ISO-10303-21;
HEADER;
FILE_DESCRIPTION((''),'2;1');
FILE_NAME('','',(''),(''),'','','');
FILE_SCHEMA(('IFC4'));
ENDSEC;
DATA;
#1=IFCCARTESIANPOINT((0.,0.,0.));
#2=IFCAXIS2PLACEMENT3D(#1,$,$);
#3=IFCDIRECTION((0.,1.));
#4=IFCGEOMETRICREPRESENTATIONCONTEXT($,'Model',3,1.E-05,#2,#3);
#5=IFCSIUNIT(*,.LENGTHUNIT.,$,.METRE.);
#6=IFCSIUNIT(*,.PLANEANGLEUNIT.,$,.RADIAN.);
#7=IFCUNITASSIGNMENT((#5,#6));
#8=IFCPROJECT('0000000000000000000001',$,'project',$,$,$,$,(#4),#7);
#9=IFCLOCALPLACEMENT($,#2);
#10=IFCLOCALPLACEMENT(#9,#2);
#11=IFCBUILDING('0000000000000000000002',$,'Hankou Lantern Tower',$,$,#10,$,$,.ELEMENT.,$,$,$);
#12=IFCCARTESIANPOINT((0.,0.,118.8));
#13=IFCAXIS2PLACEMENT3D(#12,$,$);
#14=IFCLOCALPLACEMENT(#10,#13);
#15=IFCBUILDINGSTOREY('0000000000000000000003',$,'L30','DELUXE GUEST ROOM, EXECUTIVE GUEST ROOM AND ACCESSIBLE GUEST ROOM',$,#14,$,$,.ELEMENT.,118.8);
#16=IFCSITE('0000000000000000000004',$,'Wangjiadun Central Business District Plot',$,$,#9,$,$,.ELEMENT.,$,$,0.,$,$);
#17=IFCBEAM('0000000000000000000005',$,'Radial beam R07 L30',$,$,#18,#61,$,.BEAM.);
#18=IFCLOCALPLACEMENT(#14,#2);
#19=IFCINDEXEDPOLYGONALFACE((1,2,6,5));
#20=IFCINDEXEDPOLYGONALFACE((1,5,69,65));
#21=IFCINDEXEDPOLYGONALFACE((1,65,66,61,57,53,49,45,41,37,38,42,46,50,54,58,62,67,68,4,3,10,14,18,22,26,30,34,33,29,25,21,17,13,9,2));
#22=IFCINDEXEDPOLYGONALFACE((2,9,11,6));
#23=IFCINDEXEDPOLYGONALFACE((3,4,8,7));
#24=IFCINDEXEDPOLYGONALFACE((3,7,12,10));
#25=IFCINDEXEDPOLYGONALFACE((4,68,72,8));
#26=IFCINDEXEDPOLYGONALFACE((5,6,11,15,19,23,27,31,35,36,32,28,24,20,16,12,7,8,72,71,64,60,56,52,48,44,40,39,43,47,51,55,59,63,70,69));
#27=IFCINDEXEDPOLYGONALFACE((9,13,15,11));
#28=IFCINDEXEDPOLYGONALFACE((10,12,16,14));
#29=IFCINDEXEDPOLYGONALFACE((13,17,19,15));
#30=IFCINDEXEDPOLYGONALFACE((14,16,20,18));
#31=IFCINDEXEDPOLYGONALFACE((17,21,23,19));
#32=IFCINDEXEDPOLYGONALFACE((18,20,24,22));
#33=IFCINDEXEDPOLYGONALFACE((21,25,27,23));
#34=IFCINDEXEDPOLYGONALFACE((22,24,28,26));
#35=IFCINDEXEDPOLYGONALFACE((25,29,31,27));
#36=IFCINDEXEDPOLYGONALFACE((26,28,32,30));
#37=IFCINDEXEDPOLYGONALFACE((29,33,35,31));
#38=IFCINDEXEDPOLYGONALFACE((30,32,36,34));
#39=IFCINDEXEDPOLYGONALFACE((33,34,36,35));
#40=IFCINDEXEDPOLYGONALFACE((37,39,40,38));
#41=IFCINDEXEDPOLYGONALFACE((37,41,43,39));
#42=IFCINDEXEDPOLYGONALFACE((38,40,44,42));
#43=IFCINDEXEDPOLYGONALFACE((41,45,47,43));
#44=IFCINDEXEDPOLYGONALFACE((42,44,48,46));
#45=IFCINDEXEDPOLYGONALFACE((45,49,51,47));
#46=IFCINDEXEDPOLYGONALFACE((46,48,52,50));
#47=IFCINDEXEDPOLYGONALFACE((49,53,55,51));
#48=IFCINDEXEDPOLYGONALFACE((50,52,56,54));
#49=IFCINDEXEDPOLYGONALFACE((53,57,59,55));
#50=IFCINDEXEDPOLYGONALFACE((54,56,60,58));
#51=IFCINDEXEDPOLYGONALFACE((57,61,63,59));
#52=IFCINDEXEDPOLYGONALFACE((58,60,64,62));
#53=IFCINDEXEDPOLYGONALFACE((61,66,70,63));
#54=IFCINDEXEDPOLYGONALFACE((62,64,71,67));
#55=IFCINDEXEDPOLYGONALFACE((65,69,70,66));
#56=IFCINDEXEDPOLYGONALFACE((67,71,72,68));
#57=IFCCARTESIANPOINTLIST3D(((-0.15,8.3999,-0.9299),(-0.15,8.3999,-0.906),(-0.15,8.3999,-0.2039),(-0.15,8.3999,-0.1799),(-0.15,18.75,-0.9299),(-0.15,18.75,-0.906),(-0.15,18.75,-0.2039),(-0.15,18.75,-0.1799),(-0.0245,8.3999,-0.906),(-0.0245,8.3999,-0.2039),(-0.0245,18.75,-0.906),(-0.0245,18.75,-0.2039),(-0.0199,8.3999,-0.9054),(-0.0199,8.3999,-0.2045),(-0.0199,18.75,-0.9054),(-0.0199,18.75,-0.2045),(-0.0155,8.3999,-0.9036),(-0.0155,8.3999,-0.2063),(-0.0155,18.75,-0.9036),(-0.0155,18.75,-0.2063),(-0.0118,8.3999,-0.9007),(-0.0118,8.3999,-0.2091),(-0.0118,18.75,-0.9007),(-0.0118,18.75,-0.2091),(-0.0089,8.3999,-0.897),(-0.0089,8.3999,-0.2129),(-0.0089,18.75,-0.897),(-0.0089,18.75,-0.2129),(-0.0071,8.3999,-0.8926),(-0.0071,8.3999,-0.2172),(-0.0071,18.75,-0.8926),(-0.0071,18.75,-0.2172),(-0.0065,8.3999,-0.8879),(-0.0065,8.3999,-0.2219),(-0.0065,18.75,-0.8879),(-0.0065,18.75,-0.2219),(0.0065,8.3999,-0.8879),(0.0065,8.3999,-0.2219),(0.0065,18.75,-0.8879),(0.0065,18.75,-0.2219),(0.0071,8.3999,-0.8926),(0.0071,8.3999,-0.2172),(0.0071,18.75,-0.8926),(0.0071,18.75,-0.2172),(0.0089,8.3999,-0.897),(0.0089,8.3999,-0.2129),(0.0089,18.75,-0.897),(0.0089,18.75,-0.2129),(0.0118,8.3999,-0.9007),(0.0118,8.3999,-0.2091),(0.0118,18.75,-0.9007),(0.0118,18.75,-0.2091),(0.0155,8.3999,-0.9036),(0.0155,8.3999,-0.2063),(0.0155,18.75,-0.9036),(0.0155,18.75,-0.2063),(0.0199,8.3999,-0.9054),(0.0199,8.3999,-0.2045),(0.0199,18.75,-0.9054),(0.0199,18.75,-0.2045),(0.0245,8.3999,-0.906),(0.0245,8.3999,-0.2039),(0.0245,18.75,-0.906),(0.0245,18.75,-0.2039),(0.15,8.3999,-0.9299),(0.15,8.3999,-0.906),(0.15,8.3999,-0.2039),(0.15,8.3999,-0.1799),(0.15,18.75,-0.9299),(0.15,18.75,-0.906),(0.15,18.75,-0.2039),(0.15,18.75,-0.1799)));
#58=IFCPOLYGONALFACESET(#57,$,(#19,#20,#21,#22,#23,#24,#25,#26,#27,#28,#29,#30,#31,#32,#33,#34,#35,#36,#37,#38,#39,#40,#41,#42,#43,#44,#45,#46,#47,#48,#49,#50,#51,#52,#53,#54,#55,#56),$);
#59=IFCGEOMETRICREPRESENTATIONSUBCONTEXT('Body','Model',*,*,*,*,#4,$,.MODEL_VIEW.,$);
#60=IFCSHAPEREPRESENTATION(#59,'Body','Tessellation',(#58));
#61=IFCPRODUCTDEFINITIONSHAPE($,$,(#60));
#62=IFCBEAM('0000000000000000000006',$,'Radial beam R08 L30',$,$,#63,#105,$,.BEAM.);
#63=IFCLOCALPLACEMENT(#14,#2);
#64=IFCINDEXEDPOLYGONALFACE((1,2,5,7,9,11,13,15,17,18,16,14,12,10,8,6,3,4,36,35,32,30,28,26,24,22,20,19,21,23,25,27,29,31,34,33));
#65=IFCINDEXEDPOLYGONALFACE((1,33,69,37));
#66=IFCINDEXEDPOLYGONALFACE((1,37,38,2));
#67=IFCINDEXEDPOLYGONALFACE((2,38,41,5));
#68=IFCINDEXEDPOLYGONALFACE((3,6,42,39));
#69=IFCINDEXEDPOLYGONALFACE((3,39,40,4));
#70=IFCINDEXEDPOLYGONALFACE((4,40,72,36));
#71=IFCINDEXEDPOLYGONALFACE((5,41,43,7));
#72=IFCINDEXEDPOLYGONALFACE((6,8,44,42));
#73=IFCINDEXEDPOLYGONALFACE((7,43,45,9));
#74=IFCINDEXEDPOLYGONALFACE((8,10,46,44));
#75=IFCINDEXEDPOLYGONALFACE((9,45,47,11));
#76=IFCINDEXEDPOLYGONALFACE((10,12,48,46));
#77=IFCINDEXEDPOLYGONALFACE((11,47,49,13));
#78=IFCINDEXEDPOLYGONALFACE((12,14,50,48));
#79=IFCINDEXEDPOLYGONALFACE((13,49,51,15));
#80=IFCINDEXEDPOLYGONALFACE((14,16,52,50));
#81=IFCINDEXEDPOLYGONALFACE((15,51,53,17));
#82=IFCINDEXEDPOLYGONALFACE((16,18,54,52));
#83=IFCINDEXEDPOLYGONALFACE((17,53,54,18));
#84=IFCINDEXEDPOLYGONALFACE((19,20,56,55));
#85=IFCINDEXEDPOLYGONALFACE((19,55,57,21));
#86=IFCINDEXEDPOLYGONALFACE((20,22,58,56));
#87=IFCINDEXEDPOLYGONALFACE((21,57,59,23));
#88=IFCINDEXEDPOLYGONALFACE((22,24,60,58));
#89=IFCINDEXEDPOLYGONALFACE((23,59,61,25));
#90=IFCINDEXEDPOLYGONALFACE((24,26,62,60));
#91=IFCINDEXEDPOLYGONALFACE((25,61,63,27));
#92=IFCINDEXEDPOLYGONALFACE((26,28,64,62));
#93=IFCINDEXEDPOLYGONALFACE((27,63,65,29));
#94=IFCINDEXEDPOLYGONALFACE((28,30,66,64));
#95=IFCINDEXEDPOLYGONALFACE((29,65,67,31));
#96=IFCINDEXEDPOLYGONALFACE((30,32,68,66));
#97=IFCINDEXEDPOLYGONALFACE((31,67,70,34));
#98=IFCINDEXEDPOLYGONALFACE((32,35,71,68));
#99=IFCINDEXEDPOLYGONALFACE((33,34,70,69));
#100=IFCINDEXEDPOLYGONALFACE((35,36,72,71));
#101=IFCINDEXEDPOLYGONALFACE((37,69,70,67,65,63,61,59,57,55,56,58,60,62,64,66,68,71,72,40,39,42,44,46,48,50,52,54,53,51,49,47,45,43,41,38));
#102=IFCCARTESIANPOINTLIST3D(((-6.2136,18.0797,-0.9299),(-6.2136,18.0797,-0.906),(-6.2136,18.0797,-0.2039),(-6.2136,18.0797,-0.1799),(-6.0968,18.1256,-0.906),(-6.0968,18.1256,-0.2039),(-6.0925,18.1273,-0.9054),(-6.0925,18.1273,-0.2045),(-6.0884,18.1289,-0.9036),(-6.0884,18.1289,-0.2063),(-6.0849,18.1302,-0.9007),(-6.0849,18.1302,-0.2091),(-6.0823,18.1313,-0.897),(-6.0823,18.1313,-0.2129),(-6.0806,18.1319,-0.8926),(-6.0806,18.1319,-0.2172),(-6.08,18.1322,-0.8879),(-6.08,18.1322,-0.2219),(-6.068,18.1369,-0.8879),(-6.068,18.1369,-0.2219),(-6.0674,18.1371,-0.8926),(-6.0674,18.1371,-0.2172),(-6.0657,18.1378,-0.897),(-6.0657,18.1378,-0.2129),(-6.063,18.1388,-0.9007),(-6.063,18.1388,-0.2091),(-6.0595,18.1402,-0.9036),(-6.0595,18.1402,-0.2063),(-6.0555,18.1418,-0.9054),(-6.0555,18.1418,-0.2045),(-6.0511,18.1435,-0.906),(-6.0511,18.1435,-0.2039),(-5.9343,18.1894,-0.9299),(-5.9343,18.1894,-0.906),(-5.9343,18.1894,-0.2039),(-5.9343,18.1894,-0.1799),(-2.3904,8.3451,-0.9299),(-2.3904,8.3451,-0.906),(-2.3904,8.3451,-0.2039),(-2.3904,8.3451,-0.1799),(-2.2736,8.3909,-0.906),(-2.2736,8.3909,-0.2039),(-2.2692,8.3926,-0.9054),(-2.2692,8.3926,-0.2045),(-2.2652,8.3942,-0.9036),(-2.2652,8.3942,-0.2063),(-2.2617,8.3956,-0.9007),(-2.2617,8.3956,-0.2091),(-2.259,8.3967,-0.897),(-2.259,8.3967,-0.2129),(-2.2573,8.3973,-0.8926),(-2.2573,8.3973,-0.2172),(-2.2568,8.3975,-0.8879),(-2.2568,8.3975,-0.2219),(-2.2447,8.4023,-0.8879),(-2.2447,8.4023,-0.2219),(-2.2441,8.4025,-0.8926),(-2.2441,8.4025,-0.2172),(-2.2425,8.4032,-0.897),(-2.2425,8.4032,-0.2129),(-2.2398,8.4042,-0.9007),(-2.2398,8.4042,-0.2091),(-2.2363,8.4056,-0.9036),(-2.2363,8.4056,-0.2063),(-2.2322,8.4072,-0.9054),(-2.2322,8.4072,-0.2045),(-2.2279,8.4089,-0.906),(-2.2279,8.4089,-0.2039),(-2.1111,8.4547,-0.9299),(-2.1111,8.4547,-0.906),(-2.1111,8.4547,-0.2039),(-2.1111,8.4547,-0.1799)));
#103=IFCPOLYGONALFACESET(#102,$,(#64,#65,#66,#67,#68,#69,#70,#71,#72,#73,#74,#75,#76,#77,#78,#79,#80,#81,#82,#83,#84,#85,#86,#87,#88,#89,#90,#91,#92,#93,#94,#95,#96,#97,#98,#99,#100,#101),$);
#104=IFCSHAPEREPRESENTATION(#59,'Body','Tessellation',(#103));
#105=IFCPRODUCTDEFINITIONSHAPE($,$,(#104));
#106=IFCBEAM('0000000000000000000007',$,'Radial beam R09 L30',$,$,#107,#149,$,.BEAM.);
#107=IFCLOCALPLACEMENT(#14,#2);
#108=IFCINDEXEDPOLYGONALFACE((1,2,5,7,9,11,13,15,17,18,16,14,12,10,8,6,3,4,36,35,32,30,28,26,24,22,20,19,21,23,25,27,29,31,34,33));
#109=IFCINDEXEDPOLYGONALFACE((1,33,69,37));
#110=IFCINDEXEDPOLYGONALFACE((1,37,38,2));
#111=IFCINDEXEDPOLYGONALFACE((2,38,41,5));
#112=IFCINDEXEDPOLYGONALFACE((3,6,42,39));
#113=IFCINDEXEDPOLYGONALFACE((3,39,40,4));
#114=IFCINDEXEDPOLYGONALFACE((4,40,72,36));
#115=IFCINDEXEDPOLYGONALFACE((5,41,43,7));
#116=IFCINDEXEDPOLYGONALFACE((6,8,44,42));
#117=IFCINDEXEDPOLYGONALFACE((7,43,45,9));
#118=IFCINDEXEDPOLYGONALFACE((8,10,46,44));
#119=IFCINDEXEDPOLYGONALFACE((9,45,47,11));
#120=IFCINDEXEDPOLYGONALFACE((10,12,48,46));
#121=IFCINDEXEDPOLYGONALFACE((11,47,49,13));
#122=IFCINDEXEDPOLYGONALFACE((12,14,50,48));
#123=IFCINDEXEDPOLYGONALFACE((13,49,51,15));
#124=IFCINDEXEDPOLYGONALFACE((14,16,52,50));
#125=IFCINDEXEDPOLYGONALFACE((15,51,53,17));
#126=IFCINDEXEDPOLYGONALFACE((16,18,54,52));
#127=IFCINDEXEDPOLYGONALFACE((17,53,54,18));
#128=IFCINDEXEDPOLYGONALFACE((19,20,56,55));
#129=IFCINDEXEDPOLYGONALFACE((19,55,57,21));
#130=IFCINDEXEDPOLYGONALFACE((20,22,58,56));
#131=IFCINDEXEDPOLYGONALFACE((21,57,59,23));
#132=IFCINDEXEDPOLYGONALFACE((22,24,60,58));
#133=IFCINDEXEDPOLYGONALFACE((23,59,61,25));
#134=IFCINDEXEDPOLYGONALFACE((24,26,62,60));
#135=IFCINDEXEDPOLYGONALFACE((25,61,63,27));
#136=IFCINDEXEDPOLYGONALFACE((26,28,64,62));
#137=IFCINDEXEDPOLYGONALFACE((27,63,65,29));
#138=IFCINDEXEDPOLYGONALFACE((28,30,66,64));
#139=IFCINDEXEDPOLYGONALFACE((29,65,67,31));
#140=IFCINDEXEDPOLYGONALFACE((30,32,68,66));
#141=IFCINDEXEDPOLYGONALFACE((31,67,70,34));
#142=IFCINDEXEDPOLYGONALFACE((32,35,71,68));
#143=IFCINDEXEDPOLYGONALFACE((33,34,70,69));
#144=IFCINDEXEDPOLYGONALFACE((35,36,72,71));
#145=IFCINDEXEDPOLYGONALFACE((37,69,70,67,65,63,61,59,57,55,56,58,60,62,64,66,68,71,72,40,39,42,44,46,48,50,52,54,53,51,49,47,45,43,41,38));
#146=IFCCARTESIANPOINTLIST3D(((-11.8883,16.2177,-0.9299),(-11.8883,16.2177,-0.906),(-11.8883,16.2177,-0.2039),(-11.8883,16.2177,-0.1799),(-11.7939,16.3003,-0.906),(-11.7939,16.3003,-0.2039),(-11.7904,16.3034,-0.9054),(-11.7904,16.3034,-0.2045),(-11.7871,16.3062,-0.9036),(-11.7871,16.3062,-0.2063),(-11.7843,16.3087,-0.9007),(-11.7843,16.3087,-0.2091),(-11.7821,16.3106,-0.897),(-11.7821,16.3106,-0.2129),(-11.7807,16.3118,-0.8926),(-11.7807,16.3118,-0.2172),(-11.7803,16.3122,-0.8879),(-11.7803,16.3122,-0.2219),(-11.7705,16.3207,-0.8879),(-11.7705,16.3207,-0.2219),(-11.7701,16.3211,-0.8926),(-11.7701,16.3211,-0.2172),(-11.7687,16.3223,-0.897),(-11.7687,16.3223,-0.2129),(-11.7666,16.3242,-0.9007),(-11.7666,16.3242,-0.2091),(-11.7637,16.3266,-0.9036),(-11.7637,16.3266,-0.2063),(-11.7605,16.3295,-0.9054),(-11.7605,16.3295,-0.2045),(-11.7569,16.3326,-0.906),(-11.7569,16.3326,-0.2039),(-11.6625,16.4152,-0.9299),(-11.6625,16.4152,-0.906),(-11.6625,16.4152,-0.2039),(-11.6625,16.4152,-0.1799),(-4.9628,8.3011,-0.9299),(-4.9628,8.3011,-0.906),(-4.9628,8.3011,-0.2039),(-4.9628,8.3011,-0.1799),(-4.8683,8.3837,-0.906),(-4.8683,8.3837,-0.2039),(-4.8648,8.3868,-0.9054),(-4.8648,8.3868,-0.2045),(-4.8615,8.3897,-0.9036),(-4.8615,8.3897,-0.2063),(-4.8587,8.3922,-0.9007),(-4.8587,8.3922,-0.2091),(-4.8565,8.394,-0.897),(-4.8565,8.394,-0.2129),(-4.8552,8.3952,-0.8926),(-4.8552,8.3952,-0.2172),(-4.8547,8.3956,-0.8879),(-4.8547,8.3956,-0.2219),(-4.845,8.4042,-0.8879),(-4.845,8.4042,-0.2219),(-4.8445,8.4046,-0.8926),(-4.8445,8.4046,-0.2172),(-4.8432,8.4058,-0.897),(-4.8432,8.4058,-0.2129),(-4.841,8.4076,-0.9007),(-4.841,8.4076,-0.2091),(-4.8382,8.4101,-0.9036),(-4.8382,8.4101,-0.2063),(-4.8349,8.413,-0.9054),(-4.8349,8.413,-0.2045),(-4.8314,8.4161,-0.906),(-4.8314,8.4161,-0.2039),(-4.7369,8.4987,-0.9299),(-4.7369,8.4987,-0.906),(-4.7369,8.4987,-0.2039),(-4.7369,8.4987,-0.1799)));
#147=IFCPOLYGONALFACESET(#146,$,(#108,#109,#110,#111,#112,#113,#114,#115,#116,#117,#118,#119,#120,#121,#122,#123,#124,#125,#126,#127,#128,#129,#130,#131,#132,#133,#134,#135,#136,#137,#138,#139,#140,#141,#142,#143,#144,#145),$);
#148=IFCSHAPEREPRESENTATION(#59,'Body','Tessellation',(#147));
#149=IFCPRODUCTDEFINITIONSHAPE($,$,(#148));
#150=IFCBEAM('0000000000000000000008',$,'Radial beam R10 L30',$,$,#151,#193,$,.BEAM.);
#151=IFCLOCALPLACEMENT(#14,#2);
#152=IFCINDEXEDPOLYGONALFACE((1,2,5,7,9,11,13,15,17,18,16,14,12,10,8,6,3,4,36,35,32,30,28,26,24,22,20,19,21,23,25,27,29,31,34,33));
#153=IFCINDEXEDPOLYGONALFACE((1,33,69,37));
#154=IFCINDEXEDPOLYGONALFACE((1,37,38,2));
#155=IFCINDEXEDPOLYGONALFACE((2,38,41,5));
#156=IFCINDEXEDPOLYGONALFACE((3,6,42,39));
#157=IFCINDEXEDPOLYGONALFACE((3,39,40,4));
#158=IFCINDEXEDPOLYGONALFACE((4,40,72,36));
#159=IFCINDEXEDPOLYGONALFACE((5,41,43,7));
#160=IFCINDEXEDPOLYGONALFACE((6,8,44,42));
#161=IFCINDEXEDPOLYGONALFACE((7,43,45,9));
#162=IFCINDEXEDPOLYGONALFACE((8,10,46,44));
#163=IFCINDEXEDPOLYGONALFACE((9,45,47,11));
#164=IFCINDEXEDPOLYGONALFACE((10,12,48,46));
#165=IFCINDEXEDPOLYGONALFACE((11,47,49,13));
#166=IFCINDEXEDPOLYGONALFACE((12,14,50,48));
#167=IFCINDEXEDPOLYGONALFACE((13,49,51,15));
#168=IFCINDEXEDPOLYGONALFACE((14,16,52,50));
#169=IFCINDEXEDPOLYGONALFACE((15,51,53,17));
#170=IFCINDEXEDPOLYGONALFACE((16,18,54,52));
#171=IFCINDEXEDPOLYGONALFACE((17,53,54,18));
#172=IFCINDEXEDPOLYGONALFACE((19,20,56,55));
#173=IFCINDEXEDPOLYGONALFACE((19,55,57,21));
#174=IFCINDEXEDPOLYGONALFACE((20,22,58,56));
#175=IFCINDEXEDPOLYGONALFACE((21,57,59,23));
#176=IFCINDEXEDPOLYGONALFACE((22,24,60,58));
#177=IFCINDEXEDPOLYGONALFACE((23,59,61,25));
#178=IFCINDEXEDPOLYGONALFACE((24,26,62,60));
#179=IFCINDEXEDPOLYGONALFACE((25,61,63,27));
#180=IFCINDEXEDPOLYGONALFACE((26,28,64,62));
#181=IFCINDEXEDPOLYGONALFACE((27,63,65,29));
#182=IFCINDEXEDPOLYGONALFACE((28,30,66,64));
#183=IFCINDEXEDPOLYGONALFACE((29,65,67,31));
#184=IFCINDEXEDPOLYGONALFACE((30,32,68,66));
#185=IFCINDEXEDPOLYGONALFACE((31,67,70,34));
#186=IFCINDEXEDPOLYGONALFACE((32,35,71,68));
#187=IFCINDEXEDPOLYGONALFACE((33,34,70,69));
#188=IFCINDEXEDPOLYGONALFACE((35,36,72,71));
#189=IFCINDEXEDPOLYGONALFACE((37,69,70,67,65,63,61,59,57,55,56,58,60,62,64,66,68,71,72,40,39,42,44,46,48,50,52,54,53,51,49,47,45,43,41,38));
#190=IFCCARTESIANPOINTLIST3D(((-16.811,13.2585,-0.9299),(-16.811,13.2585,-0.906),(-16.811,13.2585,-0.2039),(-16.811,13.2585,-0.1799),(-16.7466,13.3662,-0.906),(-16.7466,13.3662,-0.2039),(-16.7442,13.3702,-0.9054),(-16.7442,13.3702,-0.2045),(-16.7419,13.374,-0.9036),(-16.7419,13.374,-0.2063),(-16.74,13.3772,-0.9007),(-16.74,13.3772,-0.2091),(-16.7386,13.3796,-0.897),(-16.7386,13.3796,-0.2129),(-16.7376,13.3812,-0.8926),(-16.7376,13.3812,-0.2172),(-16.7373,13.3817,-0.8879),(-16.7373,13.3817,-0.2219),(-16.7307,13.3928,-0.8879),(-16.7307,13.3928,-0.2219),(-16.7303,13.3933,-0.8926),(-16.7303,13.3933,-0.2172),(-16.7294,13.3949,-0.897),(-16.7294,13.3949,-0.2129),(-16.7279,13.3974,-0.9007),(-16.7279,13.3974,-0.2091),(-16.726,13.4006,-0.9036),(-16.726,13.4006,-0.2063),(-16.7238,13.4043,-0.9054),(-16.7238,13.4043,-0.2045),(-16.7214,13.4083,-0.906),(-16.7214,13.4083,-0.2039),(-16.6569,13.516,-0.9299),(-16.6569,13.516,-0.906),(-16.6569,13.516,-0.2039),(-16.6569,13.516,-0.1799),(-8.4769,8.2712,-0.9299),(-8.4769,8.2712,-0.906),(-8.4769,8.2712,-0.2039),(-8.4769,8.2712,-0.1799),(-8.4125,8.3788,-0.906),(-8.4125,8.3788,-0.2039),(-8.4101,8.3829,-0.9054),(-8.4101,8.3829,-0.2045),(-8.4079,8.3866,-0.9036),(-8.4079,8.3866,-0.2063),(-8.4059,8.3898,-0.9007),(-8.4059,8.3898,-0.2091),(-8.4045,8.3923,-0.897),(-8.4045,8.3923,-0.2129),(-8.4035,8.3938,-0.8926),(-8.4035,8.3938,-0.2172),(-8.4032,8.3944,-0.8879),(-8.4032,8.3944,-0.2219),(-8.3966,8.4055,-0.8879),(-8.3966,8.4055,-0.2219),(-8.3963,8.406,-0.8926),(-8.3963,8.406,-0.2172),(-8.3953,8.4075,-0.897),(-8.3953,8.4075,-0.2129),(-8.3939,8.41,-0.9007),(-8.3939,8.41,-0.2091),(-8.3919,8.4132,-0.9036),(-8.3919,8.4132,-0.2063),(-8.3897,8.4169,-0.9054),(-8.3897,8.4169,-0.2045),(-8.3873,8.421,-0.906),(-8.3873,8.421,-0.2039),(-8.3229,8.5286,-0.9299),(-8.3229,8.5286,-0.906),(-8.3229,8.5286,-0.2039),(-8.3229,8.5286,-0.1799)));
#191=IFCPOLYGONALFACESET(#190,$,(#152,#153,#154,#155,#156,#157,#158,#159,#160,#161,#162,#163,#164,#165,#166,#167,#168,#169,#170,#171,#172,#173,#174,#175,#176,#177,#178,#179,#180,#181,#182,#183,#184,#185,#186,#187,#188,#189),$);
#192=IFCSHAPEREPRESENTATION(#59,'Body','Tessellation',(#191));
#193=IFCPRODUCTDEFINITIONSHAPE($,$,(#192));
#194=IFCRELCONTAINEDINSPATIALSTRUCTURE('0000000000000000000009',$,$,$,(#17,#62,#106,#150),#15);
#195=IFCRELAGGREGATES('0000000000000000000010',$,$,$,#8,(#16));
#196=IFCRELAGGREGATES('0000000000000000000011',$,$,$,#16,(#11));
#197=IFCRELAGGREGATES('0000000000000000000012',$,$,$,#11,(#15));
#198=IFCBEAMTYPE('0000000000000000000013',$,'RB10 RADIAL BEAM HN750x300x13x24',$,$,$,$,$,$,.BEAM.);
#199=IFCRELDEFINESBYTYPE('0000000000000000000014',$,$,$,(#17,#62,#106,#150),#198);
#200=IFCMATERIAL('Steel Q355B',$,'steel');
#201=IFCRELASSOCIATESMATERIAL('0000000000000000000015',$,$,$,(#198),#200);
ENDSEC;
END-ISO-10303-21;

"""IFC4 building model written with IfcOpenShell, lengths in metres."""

from ifc_helpers import new_model, si_unit, direction, frame, origin, origin_2d, place, context, subcontext, project, spatial, i_section, extrude, material, material_profile, profile_set, type_object, element, save


model = new_model("IFC4")

# Units and contexts
model_context = context("Model", 3, precision=1e-05, world=origin(), true_north=direction((0.0, 1.0)))
body_context = subcontext(model_context, "Body", "Model", "MODEL_VIEW")
ifc_project = project(units=[si_unit("LENGTHUNIT", "METRE"), si_unit("PLANEANGLEUNIT", "RADIAN")], contexts=[model_context])

# Site, building, storey
site_placement = place(None, origin())
site = spatial("IfcSite", under=ifc_project, at=site_placement, Name="Wangjiadun Central Business District Plot", CompositionType="ELEMENT", RefElevation=0.0)
building_placement = place(site_placement, origin())
building = spatial("IfcBuilding", under=site, at=building_placement, Name="Hankou Lantern Tower", CompositionType="ELEMENT")
storey_placement = place(building_placement, frame((0.0, 0.0, 118.8)))
storey = spatial("IfcBuildingStorey", under=building, at=storey_placement, Name="L30", Description="DELUXE GUEST ROOM, EXECUTIVE GUEST ROOM AND ACCESSIBLE GUEST ROOM", CompositionType="ELEMENT", Elevation=118.8)

# Beams
ifc_material_1 = material(Name="Steel Q355B", Category="steel")
ifc_material_profile = material_profile(ifc_material_1, i_section(OverallWidth=0.3, OverallDepth=0.75, WebThickness=0.0129, FlangeThickness=0.0239, FilletRadius=0.0181, at=origin_2d()), Name="HN750x300x13x24")
ifc_profile_set = profile_set([ifc_material_profile], Name="Steel Q355B")
beam_type = type_object("IfcBeamType", Name="RB10 RADIAL BEAM HN750x300x13x24", PredefinedType="BEAM", material=ifc_profile_set)
beam_1_placement = place(storey_placement, frame((0.0, 8.3999, -0.5549), z_axis=(0.0, 1.0, 0.0), x_axis=(-1.0, 0.0, 0.0)))
element("IfcBeam", 1, at=beam_1_placement, inside=storey, type_object=beam_type, Name="Radial beam R07 L30", PredefinedType="BEAM", context=body_context, shape_type="SweptSolid", body=[
    extrude(i_section(OverallWidth=0.3, OverallDepth=0.75, WebThickness=0.0129, FlangeThickness=0.0239, FilletRadius=0.0181, at=origin_2d()), origin(), (0.0, 0.0, 1.0), 10.3501),
])
beam_2_placement = place(storey_placement, frame((-2.2507, 8.3999, -0.5549), z_axis=(-0.365564, 0.930786, 0.0), x_axis=(-0.930786, -0.365564, 0.0)))
element("IfcBeam", 2, at=beam_2_placement, inside=storey, type_object=beam_type, Name="Radial beam R08 L30", PredefinedType="BEAM", context=body_context, shape_type="SweptSolid", body=[
    extrude(i_section(OverallWidth=0.3, OverallDepth=0.75, WebThickness=0.0129, FlangeThickness=0.0239, FilletRadius=0.0181, at=origin_2d()), origin(), (0.0, 0.0, 1.0), 10.4585),
])
beam_3_placement = place(storey_placement, frame((-4.8499, 8.3999, -0.5549), z_axis=(-0.658429, 0.752643, 0.0), x_axis=(-0.752643, -0.658429, 0.0)))
element("IfcBeam", 3, at=beam_3_placement, inside=storey, type_object=beam_type, Name="Radial beam R09 L30", PredefinedType="BEAM", context=body_context, shape_type="SweptSolid", body=[
    extrude(i_section(OverallWidth=0.3, OverallDepth=0.75, WebThickness=0.0129, FlangeThickness=0.0239, FilletRadius=0.0181, at=origin_2d()), origin(), (0.0, 0.0, 1.0), 10.5183),
])
beam_4_placement = place(storey_placement, frame((-8.3999, 8.3999, -0.5549), z_axis=(-0.858087, 0.513505, 0.0), x_axis=(-0.513505, -0.858087, 0.0)))
element("IfcBeam", 4, at=beam_4_placement, inside=storey, type_object=beam_type, Name="Radial beam R10 L30", PredefinedType="BEAM", context=body_context, shape_type="SweptSolid", body=[
    extrude(i_section(OverallWidth=0.3, OverallDepth=0.75, WebThickness=0.0129, FlangeThickness=0.0239, FilletRadius=0.0181, at=origin_2d()), origin(), (0.0, 0.0, 1.0), 9.7124),
])

save(model, "model.ifc")
